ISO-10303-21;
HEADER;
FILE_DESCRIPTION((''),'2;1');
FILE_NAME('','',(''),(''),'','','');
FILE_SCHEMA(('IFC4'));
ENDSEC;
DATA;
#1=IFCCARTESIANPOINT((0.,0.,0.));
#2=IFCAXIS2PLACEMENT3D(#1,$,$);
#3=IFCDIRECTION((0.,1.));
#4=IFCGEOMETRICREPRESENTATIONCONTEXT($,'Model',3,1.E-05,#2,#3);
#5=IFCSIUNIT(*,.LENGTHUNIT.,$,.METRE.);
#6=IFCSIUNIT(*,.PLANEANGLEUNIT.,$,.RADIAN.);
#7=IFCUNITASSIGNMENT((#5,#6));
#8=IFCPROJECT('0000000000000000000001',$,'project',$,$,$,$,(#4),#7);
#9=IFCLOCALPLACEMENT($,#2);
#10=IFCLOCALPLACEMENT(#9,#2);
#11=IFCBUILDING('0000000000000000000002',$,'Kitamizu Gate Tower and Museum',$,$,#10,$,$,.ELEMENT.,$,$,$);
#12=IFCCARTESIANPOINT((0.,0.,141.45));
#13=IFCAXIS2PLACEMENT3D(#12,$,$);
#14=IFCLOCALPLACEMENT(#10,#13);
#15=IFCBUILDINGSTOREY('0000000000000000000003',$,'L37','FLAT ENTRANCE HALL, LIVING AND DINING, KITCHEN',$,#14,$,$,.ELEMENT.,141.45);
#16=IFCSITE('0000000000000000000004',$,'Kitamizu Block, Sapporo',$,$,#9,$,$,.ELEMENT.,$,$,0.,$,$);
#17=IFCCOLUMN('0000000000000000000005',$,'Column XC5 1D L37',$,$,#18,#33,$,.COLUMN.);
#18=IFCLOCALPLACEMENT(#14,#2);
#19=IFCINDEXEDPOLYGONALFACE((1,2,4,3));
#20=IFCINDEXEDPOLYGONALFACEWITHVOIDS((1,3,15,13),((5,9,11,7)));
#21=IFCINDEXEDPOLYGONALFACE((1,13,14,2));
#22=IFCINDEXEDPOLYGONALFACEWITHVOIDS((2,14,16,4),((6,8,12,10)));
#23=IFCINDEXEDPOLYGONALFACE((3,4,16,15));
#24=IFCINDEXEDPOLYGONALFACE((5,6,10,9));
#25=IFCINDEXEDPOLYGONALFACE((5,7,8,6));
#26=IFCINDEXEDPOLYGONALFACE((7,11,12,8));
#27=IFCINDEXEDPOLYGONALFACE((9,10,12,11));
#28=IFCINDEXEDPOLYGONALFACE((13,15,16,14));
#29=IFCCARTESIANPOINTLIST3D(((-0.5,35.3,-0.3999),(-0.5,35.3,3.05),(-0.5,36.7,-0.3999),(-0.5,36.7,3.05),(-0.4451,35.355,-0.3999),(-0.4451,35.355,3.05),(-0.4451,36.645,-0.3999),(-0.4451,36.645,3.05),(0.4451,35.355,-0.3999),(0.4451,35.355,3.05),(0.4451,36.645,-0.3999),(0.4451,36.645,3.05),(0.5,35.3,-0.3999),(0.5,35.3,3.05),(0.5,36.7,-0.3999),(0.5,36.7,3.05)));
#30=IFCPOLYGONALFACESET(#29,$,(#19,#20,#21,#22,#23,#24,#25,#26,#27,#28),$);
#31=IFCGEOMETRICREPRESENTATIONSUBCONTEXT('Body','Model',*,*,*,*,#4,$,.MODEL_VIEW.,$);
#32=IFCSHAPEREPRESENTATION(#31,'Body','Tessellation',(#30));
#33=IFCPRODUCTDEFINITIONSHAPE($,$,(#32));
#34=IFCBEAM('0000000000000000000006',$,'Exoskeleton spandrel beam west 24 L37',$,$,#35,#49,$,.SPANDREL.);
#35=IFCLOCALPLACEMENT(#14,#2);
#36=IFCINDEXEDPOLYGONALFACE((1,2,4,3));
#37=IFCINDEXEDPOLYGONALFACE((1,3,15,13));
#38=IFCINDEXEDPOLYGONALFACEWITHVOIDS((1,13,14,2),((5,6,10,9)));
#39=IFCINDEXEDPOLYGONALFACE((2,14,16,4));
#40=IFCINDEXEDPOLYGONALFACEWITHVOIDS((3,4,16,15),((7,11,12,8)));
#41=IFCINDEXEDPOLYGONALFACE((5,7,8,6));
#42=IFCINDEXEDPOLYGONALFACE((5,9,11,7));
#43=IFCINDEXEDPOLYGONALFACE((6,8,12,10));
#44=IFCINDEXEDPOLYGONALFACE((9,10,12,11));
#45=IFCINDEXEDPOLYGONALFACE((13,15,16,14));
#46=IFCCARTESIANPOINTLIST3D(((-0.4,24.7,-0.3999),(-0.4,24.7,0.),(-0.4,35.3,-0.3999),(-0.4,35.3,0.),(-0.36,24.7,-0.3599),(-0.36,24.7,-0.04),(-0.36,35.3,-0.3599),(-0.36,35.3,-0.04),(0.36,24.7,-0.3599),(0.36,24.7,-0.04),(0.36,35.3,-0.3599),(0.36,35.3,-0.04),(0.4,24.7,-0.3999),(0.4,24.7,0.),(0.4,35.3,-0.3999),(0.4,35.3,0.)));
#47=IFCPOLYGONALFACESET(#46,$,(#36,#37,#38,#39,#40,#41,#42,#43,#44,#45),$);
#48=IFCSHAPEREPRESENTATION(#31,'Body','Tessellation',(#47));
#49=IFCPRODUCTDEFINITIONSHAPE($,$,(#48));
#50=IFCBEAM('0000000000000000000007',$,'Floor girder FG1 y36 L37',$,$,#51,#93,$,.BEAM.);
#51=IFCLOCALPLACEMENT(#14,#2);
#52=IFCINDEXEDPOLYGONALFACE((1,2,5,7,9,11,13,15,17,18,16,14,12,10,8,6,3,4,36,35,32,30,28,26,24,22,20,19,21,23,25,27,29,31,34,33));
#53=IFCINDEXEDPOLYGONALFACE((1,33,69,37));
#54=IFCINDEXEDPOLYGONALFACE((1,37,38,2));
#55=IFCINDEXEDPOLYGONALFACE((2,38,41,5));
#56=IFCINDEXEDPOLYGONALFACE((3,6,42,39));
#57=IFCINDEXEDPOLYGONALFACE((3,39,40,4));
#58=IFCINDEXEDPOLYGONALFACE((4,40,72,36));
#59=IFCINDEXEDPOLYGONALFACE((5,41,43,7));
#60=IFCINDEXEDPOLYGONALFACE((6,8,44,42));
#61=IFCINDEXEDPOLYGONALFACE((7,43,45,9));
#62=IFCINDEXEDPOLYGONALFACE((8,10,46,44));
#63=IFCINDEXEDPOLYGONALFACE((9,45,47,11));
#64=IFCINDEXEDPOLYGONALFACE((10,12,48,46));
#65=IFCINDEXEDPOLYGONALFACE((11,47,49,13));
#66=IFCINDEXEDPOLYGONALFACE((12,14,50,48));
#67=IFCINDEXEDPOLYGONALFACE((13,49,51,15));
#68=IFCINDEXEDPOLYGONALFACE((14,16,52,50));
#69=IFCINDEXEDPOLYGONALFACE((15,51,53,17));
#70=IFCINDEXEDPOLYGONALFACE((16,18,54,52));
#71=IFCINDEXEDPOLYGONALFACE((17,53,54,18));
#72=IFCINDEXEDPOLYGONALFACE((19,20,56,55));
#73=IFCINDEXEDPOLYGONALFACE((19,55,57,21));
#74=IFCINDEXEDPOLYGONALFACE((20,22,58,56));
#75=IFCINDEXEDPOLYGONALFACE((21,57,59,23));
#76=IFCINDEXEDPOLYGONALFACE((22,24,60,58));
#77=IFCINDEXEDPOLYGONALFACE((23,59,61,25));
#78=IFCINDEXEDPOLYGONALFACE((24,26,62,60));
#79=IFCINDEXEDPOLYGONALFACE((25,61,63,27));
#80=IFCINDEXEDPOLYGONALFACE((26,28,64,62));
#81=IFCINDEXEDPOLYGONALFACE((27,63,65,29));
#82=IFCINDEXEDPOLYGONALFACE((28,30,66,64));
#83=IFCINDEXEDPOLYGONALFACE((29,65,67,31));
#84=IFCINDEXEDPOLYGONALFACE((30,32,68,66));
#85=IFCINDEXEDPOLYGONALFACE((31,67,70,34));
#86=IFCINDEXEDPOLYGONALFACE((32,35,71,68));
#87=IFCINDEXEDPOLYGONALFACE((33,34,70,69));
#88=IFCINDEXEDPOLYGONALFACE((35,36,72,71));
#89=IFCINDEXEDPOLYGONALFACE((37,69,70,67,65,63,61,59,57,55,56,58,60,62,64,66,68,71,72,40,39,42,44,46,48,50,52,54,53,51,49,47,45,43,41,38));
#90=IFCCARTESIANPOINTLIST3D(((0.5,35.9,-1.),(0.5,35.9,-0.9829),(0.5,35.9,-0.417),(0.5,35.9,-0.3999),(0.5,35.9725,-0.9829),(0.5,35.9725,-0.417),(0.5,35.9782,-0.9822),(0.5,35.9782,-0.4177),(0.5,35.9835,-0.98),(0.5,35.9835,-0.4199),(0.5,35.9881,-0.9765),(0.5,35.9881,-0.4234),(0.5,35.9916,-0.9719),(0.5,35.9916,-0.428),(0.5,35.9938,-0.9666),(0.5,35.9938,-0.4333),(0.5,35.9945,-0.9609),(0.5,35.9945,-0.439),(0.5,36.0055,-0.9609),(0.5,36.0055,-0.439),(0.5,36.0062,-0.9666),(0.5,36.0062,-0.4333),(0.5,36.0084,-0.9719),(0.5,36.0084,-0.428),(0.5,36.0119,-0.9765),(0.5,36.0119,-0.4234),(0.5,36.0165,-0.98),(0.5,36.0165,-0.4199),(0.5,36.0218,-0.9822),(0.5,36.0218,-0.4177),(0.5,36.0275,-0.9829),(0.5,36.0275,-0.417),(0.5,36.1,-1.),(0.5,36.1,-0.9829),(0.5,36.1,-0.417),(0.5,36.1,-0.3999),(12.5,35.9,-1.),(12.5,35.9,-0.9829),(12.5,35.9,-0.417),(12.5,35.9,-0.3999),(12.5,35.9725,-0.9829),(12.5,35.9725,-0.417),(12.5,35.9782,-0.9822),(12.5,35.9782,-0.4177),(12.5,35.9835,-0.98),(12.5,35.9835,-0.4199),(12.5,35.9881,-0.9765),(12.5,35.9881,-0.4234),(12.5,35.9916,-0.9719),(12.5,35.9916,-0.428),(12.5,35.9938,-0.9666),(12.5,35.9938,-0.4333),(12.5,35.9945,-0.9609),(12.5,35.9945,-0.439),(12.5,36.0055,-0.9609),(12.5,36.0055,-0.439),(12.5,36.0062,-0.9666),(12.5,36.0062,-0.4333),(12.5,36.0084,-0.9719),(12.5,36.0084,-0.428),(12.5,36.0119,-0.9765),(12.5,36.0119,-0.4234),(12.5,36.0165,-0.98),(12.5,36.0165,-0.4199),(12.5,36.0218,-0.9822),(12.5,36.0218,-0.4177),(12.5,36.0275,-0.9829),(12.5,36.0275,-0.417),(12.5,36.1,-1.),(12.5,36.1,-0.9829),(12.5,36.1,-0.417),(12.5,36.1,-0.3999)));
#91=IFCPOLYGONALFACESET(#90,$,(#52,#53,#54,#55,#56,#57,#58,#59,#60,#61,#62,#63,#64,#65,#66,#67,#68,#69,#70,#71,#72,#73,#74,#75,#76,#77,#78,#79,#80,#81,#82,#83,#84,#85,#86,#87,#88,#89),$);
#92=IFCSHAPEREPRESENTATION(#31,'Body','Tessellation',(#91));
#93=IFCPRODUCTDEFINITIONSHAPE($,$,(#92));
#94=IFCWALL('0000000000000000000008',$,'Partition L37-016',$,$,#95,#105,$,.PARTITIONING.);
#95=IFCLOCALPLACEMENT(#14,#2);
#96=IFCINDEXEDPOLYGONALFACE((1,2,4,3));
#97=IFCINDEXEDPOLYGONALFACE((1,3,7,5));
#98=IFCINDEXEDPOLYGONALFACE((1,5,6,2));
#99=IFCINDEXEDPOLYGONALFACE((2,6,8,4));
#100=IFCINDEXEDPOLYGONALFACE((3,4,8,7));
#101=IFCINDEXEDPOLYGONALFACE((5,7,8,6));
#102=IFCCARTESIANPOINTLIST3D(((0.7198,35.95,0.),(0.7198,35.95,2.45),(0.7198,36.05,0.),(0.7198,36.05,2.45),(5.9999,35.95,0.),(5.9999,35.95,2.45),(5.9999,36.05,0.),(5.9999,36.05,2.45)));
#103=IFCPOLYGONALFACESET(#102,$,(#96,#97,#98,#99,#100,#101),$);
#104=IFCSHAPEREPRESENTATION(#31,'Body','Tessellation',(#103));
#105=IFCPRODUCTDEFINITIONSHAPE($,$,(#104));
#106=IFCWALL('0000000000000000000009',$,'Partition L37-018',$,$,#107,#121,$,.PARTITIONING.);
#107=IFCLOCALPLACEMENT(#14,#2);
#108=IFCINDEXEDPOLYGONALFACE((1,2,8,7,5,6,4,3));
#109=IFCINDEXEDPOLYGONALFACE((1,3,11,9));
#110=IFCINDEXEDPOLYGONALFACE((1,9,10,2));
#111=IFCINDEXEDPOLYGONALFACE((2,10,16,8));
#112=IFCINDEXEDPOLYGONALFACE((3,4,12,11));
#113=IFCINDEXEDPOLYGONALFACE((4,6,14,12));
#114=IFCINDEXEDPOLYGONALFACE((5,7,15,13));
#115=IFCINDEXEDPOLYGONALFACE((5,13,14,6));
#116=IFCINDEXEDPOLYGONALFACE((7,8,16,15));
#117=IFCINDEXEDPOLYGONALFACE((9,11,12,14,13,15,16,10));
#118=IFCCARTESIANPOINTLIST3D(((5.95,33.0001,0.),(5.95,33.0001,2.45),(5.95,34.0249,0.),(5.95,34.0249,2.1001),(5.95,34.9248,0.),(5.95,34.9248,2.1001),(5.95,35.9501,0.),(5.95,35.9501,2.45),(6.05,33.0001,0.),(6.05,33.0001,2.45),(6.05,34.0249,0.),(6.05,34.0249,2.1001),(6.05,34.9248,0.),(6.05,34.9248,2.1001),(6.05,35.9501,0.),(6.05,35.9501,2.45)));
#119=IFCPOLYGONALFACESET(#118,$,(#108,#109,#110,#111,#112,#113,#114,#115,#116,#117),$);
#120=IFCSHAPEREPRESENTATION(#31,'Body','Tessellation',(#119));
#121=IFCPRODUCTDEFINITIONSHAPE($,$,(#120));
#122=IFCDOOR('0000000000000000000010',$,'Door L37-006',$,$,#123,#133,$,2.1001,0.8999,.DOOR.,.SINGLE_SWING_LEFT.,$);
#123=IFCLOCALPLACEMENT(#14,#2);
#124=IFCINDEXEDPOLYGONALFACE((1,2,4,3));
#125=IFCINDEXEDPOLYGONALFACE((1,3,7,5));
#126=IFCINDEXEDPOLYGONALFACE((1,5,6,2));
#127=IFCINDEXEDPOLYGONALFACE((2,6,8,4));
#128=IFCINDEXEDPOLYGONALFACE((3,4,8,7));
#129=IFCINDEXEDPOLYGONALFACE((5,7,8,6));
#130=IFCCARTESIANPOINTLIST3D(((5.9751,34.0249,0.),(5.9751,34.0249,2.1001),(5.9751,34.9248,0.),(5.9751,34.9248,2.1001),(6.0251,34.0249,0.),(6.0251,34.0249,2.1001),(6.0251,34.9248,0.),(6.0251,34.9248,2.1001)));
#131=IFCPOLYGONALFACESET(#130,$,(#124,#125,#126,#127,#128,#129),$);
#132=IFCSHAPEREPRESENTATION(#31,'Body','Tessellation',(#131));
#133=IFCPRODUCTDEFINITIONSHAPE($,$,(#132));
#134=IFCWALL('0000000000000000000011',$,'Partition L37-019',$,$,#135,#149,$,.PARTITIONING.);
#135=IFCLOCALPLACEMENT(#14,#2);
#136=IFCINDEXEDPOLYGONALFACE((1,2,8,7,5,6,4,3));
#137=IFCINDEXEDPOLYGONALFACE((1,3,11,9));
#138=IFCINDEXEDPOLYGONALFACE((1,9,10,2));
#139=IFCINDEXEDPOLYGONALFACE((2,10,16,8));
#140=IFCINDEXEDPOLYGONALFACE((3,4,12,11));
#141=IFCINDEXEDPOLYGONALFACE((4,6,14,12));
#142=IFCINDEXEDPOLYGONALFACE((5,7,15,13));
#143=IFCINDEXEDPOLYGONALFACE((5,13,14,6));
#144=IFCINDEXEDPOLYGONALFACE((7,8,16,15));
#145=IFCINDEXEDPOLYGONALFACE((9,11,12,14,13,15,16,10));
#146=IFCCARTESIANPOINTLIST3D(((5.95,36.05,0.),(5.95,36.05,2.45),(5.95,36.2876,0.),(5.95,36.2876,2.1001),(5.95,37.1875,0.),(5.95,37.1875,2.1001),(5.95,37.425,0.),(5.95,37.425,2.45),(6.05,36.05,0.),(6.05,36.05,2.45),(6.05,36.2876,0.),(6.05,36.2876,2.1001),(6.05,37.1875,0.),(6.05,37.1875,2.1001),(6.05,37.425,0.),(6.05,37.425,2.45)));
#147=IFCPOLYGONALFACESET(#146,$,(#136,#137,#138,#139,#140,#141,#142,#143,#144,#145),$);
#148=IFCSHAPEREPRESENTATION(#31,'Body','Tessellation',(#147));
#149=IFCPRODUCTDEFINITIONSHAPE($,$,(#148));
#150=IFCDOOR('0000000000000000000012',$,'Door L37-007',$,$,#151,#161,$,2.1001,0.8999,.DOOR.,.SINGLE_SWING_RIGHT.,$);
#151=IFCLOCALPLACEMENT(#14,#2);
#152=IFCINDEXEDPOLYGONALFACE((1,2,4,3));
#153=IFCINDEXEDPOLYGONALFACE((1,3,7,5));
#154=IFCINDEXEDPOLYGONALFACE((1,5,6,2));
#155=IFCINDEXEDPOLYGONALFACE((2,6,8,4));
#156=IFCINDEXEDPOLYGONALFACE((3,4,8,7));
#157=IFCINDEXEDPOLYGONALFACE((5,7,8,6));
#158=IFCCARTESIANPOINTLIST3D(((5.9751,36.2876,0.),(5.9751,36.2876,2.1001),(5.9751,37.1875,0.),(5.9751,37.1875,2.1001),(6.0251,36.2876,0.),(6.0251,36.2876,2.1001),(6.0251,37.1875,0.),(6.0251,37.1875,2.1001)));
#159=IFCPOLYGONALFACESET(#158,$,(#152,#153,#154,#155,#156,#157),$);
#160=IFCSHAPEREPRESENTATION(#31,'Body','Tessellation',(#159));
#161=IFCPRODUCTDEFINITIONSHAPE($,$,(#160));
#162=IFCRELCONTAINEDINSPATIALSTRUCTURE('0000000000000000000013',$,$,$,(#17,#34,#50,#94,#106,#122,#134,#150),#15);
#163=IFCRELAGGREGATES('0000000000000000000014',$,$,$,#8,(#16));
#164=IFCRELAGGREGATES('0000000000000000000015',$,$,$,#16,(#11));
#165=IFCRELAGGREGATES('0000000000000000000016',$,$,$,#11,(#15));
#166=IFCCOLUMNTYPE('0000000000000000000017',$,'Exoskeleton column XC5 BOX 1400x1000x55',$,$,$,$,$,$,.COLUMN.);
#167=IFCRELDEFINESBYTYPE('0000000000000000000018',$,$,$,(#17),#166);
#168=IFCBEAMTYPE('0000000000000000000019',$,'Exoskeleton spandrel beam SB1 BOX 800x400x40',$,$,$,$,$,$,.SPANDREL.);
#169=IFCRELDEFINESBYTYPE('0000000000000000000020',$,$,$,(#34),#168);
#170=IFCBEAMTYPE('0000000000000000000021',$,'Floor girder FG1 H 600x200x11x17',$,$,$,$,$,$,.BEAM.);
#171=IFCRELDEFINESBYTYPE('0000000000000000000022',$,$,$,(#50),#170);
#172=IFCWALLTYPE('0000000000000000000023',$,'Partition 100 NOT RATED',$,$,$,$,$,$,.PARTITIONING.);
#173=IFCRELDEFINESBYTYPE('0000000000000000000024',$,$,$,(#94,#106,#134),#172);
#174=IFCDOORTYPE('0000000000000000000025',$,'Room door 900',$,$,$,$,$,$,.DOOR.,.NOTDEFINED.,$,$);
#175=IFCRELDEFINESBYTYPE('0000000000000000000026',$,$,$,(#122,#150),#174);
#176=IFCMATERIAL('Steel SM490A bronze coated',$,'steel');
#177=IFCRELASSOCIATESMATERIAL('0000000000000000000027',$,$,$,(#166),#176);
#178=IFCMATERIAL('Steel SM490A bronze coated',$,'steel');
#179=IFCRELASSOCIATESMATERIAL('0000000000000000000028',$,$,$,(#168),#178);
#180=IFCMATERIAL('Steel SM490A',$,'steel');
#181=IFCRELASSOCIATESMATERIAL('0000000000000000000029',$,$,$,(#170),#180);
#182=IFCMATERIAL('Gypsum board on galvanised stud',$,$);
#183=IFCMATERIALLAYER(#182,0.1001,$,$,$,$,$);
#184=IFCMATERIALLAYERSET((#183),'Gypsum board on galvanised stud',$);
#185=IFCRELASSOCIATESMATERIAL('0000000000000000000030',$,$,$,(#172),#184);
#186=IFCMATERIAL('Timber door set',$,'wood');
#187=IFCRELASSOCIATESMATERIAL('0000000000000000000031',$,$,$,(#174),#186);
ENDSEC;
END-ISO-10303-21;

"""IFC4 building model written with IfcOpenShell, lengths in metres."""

from ifc_helpers import new_model, si_unit, direction, frame, frame_2d, origin, origin_2d, place, context, subcontext, project, spatial, rectangle, hollow_rectangle, i_section, extrude, material, layer, layer_set, material_profile, profile_set, type_object, element, fill, save


model = new_model("IFC4")

# Units and contexts
model_context = context("Model", 3, precision=1e-05, world=origin(), true_north=direction((0.0, 1.0)))
body_context = subcontext(model_context, "Body", "Model", "MODEL_VIEW")
ifc_project = project(units=[si_unit("LENGTHUNIT", "METRE"), si_unit("PLANEANGLEUNIT", "RADIAN")], contexts=[model_context])

# Site, building, storey
site_placement = place(None, origin())
site = spatial("IfcSite", under=ifc_project, at=site_placement, Name="Kitamizu Block, Sapporo", CompositionType="ELEMENT", RefElevation=0.0)
building_placement = place(site_placement, origin())
building = spatial("IfcBuilding", under=site, at=building_placement, Name="Kitamizu Gate Tower and Museum", CompositionType="ELEMENT")
storey_placement = place(building_placement, frame((0.0, 0.0, 141.45)))
storey = spatial("IfcBuildingStorey", under=building, at=storey_placement, Name="L37", Description="FLAT ENTRANCE HALL, LIVING AND DINING, KITCHEN", CompositionType="ELEMENT", Elevation=141.45)

# Column
ifc_material_1 = material(Name="Steel SM490A bronze coated", Category="steel")
ifc_material_profile_1 = material_profile(ifc_material_1, hollow_rectangle(XDim=1.3999, YDim=1.0, WallThickness=0.0549, at=origin_2d()), Name="BOX 1400x1000x55")
ifc_profile_set_1 = profile_set([ifc_material_profile_1], Name="Steel SM490A bronze coated")
column_type = type_object("IfcColumnType", Name="Exoskeleton column XC5 BOX 1400x1000x55", PredefinedType="COLUMN", material=ifc_profile_set_1)
column_placement = place(storey_placement, frame((0.0, 36.0, -0.3999), z_axis=(0.0, 0.0, 1.0), x_axis=(0.0, 1.0, 0.0)))
element("IfcColumn", 1, at=column_placement, inside=storey, type_object=column_type, Name="Column XC5 1D L37", PredefinedType="COLUMN", context=body_context, shape_type="SweptSolid", body=[
    extrude(hollow_rectangle(XDim=1.3999, YDim=1.0, WallThickness=0.0549, at=origin_2d()), origin(), (0.0, 0.0, 1.0), 3.45),
])

# Beams
ifc_material_2 = material(Name="Steel SM490A bronze coated", Category="steel")
ifc_material_profile_2 = material_profile(ifc_material_2, hollow_rectangle(XDim=0.8, YDim=0.3999, WallThickness=0.04, at=origin_2d()), Name="BOX 800x400x40")
ifc_profile_set_2 = profile_set([ifc_material_profile_2], Name="Steel SM490A bronze coated")
beam_type_1 = type_object("IfcBeamType", Name="Exoskeleton spandrel beam SB1 BOX 800x400x40", PredefinedType="SPANDREL", material=ifc_profile_set_2)
beam_1_placement = place(storey_placement, frame((0.0, 24.7, -0.2), z_axis=(0.0, 1.0, 0.0), x_axis=(-1.0, 0.0, 0.0)))
element("IfcBeam", 2, at=beam_1_placement, inside=storey, type_object=beam_type_1, Name="Exoskeleton spandrel beam west 24 L37", PredefinedType="SPANDREL", context=body_context, shape_type="SweptSolid", body=[
    extrude(hollow_rectangle(XDim=0.8, YDim=0.3999, WallThickness=0.04, at=origin_2d()), origin(), (0.0, 0.0, 1.0), 10.6001),
])
ifc_material_3 = material(Name="Steel SM490A", Category="steel")
ifc_material_profile_3 = material_profile(ifc_material_3, i_section(OverallWidth=0.2, OverallDepth=0.6001, WebThickness=0.011, FlangeThickness=0.0171, FilletRadius=0.022, at=origin_2d()), Name="H-600x200x11x17")
ifc_profile_set_3 = profile_set([ifc_material_profile_3], Name="Steel SM490A")
beam_type_2 = type_object("IfcBeamType", Name="Floor girder FG1 H 600x200x11x17", PredefinedType="BEAM", material=ifc_profile_set_3)
beam_2_placement = place(storey_placement, frame((0.5, 36.0, -0.7), z_axis=(1.0, 0.0, 0.0), x_axis=(0.0, 1.0, 0.0)))
element("IfcBeam", 3, at=beam_2_placement, inside=storey, type_object=beam_type_2, Name="Floor girder FG1 y36 L37", PredefinedType="BEAM", context=body_context, shape_type="SweptSolid", body=[
    extrude(i_section(OverallWidth=0.2, OverallDepth=0.6001, WebThickness=0.011, FlangeThickness=0.0171, FilletRadius=0.022, at=origin_2d()), origin(), (0.0, 0.0, 1.0), 12.0),
])

# Wall
ifc_material_4 = material(Name="Gypsum board on galvanised stud")
ifc_layer_1 = layer(ifc_material_4, 0.1001)
ifc_layer_set_1 = layer_set([ifc_layer_1], Name="Gypsum board on galvanised stud")
wall_type_1 = type_object("IfcWallType", Name="Partition 100 NOT RATED", PredefinedType="PARTITIONING", material=ifc_layer_set_1)
wall_1_placement = place(storey_placement, frame((6.0, 36.0, 0.0), z_axis=(0.0, 0.0, 1.0), x_axis=(-1.0, 0.0, 0.0)))
element("IfcWall", 4, at=wall_1_placement, inside=storey, type_object=wall_type_1, Name="Partition L37-016", PredefinedType="PARTITIONING", context=body_context, shape_type="SweptSolid", body=[
    extrude(rectangle(XDim=5.28, YDim=0.1001, at=frame_2d((2.6401, 0.0))), origin(), (0.0, 0.0, 1.0), 2.45),
])

# Walls, openings, doors
wall_2_placement = place(storey_placement, frame((6.0, 33.0, 0.0), z_axis=(0.0, 0.0, 1.0), x_axis=(0.0, 1.0, 0.0)))
wall_2 = element("IfcWall", 5, at=wall_2_placement, inside=storey, type_object=wall_type_1, Name="Partition L37-018", PredefinedType="PARTITIONING", context=body_context, shape_type="SweptSolid", body=[
    extrude(rectangle(XDim=2.95, YDim=0.1001, at=frame_2d((1.4751, 0.0))), origin(), (0.0, 0.0, 1.0), 2.45),
])
opening_1_placement = place(wall_2_placement, frame((1.0249, 0.0, 0.0)))
opening_1 = element("IfcOpeningElement", 6, at=opening_1_placement, cuts=wall_2, PredefinedType="OPENING", context=body_context, shape_type="SweptSolid", body=[
    extrude(rectangle(XDim=0.8999, YDim=2.1001, at=frame_2d((0.45, 1.05))), frame((0.0, 0.0601, 0.0), z_axis=(0.0, -1.0, 0.0), x_axis=(1.0, 0.0, 0.0)), (0.0, 0.0, 1.0), 0.1201),
])
ifc_material_5 = material(Name="Timber door set", Category="wood")
door_type_1 = type_object("IfcDoorType", Name="Room door 900", OperationType="NOTDEFINED", PredefinedType="DOOR", material=ifc_material_5)
door_1_placement = place(opening_1_placement, origin())
door_1 = element("IfcDoor", 7, at=door_1_placement, inside=storey, type_object=door_type_1, Name="Door L37-006", OperationType="SINGLE_SWING_LEFT", OverallHeight=2.1001, OverallWidth=0.8999, PredefinedType="DOOR", context=body_context, shape_type="SweptSolid", body=[
    extrude(rectangle(XDim=0.8999, YDim=2.1001, at=frame_2d((0.45, 1.05))), frame((0.0, 0.0249, 0.0), z_axis=(0.0, -1.0, 0.0), x_axis=(1.0, 0.0, 0.0)), (0.0, 0.0, 1.0), 0.05),
])
fill(opening_1, door_1)
wall_3_placement = place(storey_placement, frame((6.0, 36.05, 0.0), z_axis=(0.0, 0.0, 1.0), x_axis=(0.0, 1.0, 0.0)))
wall_3 = element("IfcWall", 8, at=wall_3_placement, inside=storey, type_object=wall_type_1, Name="Partition L37-019", PredefinedType="PARTITIONING", context=body_context, shape_type="SweptSolid", body=[
    extrude(rectangle(XDim=1.375, YDim=0.1001, at=frame_2d((0.6875, 0.0))), origin(), (0.0, 0.0, 1.0), 2.45),
])
opening_2_placement = place(wall_3_placement, frame((0.2375, 0.0, 0.0)))
opening_2 = element("IfcOpeningElement", 9, at=opening_2_placement, cuts=wall_3, PredefinedType="OPENING", context=body_context, shape_type="SweptSolid", body=[
    extrude(rectangle(XDim=0.8999, YDim=2.1001, at=frame_2d((0.45, 1.05))), frame((0.0, 0.0601, 0.0), z_axis=(0.0, -1.0, 0.0), x_axis=(1.0, 0.0, 0.0)), (0.0, 0.0, 1.0), 0.1201),
])
door_2_placement = place(opening_2_placement, origin())
door_2 = element("IfcDoor", 10, at=door_2_placement, inside=storey, type_object=door_type_1, Name="Door L37-007", OperationType="SINGLE_SWING_RIGHT", OverallHeight=2.1001, OverallWidth=0.8999, PredefinedType="DOOR", context=body_context, shape_type="SweptSolid", body=[
    extrude(rectangle(XDim=0.8999, YDim=2.1001, at=frame_2d((0.45, 1.05))), frame((0.0, 0.0249, 0.0), z_axis=(0.0, -1.0, 0.0), x_axis=(1.0, 0.0, 0.0)), (0.0, 0.0, 1.0), 0.05),
])
fill(opening_2, door_2)

save(model, "model.ifc")
